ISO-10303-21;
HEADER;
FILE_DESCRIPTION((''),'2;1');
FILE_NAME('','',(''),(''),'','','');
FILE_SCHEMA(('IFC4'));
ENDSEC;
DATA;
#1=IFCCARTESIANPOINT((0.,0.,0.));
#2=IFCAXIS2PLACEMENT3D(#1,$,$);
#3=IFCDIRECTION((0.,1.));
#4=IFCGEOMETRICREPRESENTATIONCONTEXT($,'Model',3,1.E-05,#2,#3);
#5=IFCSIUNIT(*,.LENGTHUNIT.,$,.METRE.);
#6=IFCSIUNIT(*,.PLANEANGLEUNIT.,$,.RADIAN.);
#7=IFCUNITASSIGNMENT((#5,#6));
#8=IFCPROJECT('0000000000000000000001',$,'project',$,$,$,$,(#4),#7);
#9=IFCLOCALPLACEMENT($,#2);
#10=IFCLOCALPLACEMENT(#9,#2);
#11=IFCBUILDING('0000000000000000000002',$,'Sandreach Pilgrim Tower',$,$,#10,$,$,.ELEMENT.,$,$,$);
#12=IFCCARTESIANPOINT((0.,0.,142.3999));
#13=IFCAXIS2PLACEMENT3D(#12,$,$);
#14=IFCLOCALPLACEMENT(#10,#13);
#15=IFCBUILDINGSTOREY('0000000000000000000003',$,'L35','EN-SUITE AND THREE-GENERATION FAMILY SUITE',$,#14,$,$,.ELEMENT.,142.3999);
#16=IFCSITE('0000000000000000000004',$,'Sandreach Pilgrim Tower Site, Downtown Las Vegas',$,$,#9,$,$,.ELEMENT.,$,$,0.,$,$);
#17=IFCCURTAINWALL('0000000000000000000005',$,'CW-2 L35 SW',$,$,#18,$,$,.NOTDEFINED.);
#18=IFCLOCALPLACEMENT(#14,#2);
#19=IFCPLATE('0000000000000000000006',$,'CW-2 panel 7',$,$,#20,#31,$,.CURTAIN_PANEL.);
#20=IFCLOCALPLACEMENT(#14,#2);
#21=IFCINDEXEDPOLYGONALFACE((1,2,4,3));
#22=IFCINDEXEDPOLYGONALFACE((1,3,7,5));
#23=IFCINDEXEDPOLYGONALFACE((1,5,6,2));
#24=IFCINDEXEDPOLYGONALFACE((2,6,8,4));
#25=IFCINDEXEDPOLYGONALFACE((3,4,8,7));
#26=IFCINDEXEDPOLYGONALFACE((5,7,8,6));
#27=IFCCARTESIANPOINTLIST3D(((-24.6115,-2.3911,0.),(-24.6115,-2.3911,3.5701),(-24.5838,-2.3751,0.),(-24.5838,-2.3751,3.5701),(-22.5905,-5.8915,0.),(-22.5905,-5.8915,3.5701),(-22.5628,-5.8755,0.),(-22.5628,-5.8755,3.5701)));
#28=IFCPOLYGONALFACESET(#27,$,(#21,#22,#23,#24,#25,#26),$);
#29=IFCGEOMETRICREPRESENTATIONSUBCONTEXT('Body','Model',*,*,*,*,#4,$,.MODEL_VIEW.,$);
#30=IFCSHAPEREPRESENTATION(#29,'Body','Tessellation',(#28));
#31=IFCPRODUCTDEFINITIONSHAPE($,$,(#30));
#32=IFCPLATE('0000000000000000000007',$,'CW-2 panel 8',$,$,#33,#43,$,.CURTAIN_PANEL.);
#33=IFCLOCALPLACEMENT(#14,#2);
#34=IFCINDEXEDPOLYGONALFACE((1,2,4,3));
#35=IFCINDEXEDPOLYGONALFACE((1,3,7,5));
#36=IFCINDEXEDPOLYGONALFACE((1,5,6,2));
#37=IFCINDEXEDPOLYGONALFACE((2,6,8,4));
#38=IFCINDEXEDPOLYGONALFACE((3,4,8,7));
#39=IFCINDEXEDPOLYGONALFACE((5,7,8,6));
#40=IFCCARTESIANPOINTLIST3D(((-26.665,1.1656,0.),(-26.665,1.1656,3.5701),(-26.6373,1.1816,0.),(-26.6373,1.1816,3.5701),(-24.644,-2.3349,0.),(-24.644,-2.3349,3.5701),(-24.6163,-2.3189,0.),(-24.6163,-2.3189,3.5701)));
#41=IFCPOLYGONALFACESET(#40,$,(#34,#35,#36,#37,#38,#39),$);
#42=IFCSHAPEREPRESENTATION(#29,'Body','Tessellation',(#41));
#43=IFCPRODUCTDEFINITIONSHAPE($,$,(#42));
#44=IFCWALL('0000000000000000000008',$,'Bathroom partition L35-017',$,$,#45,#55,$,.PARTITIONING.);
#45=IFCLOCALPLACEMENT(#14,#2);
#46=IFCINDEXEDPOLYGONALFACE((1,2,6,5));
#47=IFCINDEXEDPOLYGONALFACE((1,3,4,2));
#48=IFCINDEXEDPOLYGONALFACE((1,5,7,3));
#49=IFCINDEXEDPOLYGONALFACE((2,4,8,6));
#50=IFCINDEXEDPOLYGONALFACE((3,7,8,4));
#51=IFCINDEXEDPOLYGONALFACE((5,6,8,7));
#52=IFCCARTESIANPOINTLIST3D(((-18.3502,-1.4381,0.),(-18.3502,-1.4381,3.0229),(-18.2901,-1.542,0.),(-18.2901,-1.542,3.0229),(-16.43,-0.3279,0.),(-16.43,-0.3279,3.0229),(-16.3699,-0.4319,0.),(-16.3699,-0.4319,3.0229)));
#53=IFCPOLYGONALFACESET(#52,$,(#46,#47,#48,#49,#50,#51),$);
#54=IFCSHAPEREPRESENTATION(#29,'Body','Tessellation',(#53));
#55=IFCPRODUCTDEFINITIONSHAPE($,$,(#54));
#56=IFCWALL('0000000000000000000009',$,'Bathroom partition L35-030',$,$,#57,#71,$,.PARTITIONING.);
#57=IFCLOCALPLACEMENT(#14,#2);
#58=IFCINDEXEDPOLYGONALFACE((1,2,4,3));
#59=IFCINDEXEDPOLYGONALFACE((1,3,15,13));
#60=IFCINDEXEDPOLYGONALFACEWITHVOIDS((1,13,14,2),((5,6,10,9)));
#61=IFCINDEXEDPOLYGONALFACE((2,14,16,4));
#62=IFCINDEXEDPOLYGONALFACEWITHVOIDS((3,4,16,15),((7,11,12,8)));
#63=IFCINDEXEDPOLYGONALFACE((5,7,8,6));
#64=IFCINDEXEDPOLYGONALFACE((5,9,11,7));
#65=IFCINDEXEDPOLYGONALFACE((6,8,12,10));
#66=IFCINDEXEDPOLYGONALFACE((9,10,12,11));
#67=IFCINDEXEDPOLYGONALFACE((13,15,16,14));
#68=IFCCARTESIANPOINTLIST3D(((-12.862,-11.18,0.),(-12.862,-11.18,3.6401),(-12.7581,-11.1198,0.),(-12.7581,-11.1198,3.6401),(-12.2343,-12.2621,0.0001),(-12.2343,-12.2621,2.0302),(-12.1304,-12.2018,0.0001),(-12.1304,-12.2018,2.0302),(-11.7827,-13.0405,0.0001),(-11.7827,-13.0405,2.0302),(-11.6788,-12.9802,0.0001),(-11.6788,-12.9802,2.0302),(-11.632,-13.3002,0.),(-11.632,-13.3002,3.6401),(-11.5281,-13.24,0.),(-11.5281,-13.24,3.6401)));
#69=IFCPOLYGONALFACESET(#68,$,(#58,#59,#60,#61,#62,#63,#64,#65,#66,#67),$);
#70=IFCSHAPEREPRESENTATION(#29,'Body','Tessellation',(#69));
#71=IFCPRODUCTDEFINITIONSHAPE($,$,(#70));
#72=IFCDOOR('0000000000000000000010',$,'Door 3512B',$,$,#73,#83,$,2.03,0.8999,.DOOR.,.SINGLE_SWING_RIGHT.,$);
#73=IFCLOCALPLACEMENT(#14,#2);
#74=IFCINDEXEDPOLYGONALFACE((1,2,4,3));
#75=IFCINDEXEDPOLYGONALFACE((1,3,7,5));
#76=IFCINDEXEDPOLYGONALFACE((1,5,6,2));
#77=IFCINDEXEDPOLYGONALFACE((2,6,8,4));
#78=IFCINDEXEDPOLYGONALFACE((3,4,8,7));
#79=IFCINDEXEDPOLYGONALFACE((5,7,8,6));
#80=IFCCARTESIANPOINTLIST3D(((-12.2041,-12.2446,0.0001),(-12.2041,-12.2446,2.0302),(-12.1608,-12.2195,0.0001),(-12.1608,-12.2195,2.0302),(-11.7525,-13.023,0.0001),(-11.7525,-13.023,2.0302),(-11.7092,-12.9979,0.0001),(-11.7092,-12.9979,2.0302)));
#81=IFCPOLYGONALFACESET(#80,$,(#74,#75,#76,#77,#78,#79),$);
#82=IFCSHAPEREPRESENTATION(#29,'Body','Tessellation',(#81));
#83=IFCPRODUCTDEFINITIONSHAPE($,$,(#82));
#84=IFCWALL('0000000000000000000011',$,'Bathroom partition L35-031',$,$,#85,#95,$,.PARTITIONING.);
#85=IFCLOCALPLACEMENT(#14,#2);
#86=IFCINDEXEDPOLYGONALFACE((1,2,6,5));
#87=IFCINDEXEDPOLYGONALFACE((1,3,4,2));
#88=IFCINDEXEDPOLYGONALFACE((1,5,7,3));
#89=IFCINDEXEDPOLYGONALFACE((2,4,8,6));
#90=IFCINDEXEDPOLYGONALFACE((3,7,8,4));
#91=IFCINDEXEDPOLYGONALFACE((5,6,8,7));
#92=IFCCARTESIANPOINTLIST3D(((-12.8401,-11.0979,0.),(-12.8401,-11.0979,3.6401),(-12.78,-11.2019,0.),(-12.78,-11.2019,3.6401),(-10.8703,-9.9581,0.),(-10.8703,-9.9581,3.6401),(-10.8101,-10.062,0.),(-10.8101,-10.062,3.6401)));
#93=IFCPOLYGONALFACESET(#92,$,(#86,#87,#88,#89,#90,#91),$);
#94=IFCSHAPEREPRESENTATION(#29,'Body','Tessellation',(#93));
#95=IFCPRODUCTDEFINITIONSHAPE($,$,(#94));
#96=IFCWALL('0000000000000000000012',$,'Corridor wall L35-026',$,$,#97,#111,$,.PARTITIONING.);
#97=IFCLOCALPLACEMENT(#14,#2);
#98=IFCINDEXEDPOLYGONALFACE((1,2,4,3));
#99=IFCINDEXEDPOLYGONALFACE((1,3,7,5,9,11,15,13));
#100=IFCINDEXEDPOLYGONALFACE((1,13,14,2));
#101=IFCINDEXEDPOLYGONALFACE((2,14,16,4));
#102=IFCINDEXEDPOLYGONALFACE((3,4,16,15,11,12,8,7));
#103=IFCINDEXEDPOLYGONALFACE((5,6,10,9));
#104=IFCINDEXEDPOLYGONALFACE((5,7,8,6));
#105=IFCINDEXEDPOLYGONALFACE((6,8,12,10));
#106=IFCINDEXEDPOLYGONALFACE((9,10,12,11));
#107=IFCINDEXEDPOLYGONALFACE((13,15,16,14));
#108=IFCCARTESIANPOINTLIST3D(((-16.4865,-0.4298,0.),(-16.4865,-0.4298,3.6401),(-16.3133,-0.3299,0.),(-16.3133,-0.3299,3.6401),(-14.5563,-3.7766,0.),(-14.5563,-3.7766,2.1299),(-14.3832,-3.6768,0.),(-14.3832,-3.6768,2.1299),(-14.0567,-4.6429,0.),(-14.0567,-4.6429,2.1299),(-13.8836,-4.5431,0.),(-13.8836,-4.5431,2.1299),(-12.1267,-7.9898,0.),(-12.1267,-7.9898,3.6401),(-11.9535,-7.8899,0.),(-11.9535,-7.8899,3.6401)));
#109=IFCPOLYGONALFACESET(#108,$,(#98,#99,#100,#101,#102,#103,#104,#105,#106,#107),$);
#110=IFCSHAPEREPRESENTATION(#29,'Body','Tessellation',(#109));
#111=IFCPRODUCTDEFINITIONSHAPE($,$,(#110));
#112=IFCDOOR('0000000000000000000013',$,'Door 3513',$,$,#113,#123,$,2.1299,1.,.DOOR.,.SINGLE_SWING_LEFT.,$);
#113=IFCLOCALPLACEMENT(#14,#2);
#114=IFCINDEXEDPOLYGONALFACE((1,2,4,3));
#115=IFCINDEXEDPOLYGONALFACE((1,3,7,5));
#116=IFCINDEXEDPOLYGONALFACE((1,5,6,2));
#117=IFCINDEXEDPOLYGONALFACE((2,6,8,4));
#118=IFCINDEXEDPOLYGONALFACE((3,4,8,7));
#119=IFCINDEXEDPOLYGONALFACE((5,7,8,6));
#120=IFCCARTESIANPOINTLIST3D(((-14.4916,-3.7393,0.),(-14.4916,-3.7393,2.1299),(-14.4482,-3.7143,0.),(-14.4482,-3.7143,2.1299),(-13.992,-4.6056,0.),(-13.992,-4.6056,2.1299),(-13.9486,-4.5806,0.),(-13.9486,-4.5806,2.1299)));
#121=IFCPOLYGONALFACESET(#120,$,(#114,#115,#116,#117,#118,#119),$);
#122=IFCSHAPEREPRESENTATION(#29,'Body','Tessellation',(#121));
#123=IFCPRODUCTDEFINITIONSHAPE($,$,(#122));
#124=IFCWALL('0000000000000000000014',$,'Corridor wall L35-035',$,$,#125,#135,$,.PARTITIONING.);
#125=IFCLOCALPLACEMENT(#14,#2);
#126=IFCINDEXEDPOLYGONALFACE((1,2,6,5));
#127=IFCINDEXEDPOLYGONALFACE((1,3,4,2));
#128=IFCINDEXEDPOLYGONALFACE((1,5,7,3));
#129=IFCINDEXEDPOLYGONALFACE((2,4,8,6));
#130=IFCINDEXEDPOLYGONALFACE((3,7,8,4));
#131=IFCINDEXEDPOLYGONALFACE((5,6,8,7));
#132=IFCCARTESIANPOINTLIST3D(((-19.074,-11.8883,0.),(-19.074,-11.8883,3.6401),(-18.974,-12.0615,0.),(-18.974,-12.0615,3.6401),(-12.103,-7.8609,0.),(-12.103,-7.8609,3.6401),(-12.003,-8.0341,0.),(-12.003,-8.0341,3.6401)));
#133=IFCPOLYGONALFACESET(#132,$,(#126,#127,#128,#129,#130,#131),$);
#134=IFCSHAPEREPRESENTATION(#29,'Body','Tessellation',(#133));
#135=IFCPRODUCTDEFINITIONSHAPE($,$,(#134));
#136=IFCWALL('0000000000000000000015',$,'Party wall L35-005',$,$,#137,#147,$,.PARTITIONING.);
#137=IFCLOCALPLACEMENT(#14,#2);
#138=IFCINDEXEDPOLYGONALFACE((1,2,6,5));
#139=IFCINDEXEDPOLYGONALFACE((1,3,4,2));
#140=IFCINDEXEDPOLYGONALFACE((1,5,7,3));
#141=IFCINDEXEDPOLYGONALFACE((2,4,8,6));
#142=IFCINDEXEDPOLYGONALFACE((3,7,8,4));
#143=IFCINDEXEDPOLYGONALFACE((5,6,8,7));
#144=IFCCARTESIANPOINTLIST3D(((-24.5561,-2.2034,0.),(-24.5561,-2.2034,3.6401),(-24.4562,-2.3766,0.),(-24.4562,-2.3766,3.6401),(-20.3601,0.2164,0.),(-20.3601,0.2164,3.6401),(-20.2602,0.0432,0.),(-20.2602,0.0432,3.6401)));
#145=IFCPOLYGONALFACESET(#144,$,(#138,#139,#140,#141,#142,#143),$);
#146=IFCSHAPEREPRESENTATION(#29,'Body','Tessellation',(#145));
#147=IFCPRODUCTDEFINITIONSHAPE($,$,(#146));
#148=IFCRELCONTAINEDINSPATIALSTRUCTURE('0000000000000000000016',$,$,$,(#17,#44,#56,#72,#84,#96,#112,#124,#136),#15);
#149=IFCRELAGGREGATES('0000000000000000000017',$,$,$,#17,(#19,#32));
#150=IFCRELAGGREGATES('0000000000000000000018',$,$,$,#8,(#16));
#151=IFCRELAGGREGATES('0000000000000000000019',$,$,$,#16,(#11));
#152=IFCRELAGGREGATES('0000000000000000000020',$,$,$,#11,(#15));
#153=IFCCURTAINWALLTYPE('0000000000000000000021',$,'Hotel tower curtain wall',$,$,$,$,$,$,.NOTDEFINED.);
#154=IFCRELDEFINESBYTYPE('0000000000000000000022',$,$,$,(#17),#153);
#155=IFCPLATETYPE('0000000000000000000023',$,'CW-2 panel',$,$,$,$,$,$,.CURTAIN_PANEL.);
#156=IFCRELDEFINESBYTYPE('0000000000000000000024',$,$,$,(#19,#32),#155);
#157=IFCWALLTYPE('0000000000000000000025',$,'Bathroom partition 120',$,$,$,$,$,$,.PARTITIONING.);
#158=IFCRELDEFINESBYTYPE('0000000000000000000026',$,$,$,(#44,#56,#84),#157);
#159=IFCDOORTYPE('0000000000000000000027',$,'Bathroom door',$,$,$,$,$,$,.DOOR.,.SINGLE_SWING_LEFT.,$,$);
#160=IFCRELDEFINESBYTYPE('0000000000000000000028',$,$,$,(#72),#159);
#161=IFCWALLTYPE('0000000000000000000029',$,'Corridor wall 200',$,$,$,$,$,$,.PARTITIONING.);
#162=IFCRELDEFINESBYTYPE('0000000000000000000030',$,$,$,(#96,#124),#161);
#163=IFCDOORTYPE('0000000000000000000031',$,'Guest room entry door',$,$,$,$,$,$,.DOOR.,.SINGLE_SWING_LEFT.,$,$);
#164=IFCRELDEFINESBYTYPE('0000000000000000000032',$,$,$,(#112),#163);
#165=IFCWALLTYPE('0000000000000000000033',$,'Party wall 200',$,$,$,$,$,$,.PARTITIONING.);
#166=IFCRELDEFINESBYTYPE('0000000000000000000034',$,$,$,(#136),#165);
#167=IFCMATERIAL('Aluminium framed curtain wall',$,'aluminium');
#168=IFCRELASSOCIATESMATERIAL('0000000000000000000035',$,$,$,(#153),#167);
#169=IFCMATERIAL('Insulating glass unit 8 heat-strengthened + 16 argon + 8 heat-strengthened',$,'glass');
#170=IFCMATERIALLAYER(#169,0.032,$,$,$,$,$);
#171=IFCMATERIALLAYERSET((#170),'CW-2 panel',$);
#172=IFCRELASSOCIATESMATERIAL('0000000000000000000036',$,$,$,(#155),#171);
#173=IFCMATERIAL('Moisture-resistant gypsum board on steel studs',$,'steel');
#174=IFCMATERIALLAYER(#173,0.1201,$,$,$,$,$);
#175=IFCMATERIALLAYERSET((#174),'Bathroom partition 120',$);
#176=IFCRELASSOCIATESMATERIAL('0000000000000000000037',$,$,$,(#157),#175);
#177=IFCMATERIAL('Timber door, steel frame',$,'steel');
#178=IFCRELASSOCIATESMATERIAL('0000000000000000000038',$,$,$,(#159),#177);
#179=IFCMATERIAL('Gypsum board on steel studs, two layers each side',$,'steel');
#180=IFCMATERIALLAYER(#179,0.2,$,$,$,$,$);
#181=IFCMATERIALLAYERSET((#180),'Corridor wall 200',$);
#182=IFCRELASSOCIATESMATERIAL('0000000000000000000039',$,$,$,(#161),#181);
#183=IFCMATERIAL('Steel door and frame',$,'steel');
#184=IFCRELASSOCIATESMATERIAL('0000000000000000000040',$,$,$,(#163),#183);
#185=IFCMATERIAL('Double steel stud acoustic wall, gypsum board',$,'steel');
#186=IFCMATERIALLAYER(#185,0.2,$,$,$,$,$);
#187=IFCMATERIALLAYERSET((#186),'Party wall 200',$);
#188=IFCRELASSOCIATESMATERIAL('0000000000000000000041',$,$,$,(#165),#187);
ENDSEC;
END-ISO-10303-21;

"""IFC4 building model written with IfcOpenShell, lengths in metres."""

from ifc_helpers import new_model, si_unit, direction, frame, frame_2d, origin, origin_2d, place, context, subcontext, project, spatial, rectangle, extrude, material, layer, layer_set, type_object, element, fill, aggregate, save


model = new_model("IFC4")

# Units and contexts
model_context = context("Model", 3, precision=1e-05, world=origin(), true_north=direction((0.0, 1.0)))
body_context = subcontext(model_context, "Body", "Model", "MODEL_VIEW")
ifc_project = project(units=[si_unit("LENGTHUNIT", "METRE"), si_unit("PLANEANGLEUNIT", "RADIAN")], contexts=[model_context])

# Site, building, storey
site_placement = place(None, origin())
site = spatial("IfcSite", under=ifc_project, at=site_placement, Name="Sandreach Pilgrim Tower Site, Downtown Las Vegas", CompositionType="ELEMENT", RefElevation=0.0)
building_placement = place(site_placement, origin())
building = spatial("IfcBuilding", under=site, at=building_placement, Name="Sandreach Pilgrim Tower", CompositionType="ELEMENT")
storey_placement = place(building_placement, frame((0.0, 0.0, 142.3999)))
storey = spatial("IfcBuildingStorey", under=building, at=storey_placement, Name="L35", Description="EN-SUITE AND THREE-GENERATION FAMILY SUITE", CompositionType="ELEMENT", Elevation=142.3999)

# Curtain wall
ifc_material_1 = material(Name="Aluminium framed curtain wall", Category="aluminium")
curtain_wall_type = type_object("IfcCurtainWallType", Name="Hotel tower curtain wall", PredefinedType="NOTDEFINED", material=ifc_material_1)
curtain_wall_placement = place(storey_placement, origin())
curtain_wall = element("IfcCurtainWall", 1, at=curtain_wall_placement, inside=storey, type_object=curtain_wall_type, Name="CW-2 L35 SW", PredefinedType="NOTDEFINED")

# Plates
ifc_material_2 = material(Name="Insulating glass unit 8 heat-strengthened + 16 argon + 8 heat-strengthened", Category="glass")
ifc_layer_1 = layer(ifc_material_2, 0.032)
ifc_layer_set_1 = layer_set([ifc_layer_1], Name="CW-2 panel")
plate_type = type_object("IfcPlateType", Name="CW-2 panel", PredefinedType="CURTAIN_PANEL", material=ifc_layer_set_1)
plate_1_placement = place(storey_placement, frame((-23.5872, -4.1333, 0.0), z_axis=(0.0, 0.0, 1.0), x_axis=(-0.5, 0.866025, 0.0)))
plate_1 = element("IfcPlate", 2, at=plate_1_placement, type_object=plate_type, Name="CW-2 panel 7", PredefinedType="CURTAIN_PANEL", context=body_context, shape_type="SweptSolid", body=[
    extrude(rectangle(XDim=4.042, YDim=0.032, at=origin_2d()), origin(), (0.0, 0.0, 1.0), 3.5701),
])
plate_2_placement = place(storey_placement, frame((-25.6406, -0.5767, 0.0), z_axis=(0.0, 0.0, 1.0), x_axis=(-0.5, 0.866025, 0.0)))
plate_2 = element("IfcPlate", 3, at=plate_2_placement, type_object=plate_type, Name="CW-2 panel 8", PredefinedType="CURTAIN_PANEL", context=body_context, shape_type="SweptSolid", body=[
    extrude(rectangle(XDim=4.042, YDim=0.032, at=origin_2d()), origin(), (0.0, 0.0, 1.0), 3.5701),
])
aggregate(curtain_wall, [plate_1, plate_2])

# Wall
ifc_material_3 = material(Name="Moisture-resistant gypsum board on steel studs", Category="steel")
ifc_layer_2 = layer(ifc_material_3, 0.1201)
ifc_layer_set_2 = layer_set([ifc_layer_2], Name="Bathroom partition 120")
wall_type_1 = type_object("IfcWallType", Name="Bathroom partition 120", PredefinedType="PARTITIONING", material=ifc_layer_set_2)
wall_1_placement = place(storey_placement, frame((-18.3201, -1.49, 0.0), z_axis=(0.0, 0.0, 1.0), x_axis=(0.865733, 0.500507, 0.0)))
element("IfcWall", 4, at=wall_1_placement, inside=storey, type_object=wall_type_1, Name="Bathroom partition L35-017", PredefinedType="PARTITIONING", context=body_context, shape_type="SweptSolid", body=[
    extrude(rectangle(XDim=2.218, YDim=0.1201, at=frame_2d((1.1089, 0.0))), origin(), (0.0, 0.0, 1.0), 3.0229),
])

# Wall, opening, door
wall_2_placement = place(storey_placement, frame((-12.8101, -11.1499, 0.0), z_axis=(0.0, 0.0, 1.0), x_axis=(0.501813, -0.864976, 0.0)))
wall_2 = element("IfcWall", 5, at=wall_2_placement, inside=storey, type_object=wall_type_1, Name="Bathroom partition L35-030", PredefinedType="PARTITIONING", context=body_context, shape_type="SweptSolid", body=[
    extrude(rectangle(XDim=2.4512, YDim=0.1201, at=frame_2d((1.2256, 0.0))), origin(), (0.0, 0.0, 1.0), 3.6401),
])
opening_1_placement = place(wall_2_placement, frame((1.251, 0.0, 0.0)))
opening_1 = element("IfcOpeningElement", 6, at=opening_1_placement, cuts=wall_2, PredefinedType="OPENING", context=body_context, shape_type="SweptSolid", body=[
    extrude(rectangle(XDim=0.8999, YDim=2.03, at=frame_2d((0.45, 1.0151))), frame((0.0, 0.0601, 0.0), z_axis=(0.0, -1.0, 0.0), x_axis=(1.0, 0.0, 0.0)), (0.0, 0.0, 1.0), 0.1201),
])
ifc_material_4 = material(Name="Timber door, steel frame", Category="steel")
door_type_1 = type_object("IfcDoorType", Name="Bathroom door", OperationType="SINGLE_SWING_LEFT", PredefinedType="DOOR", material=ifc_material_4)
door_1_placement = place(opening_1_placement, origin())
door_1 = element("IfcDoor", 7, at=door_1_placement, inside=storey, type_object=door_type_1, Name="Door 3512B", OperationType="SINGLE_SWING_RIGHT", OverallHeight=2.03, OverallWidth=0.8999, PredefinedType="DOOR", context=body_context, shape_type="SweptSolid", body=[
    extrude(rectangle(XDim=0.8999, YDim=2.03, at=frame_2d((0.45, 1.0151))), frame((0.0, 0.0249, 0.0), z_axis=(0.0, -1.0, 0.0), x_axis=(1.0, 0.0, 0.0)), (0.0, 0.0, 1.0), 0.05),
])
fill(opening_1, door_1)

# Wall
wall_3_placement = place(storey_placement, frame((-12.8101, -11.1499, 0.0), z_axis=(0.0, 0.0, 1.0), x_axis=(0.865544, 0.500833, 0.0)))
element("IfcWall", 8, at=wall_3_placement, inside=storey, type_object=wall_type_1, Name="Bathroom partition L35-031", PredefinedType="PARTITIONING", context=body_context, shape_type="SweptSolid", body=[
    extrude(rectangle(XDim=2.2759, YDim=0.1201, at=frame_2d((1.1379, 0.0))), origin(), (0.0, 0.0, 1.0), 3.6401),
])

# Wall, opening, door
ifc_material_5 = material(Name="Gypsum board on steel studs, two layers each side", Category="steel")
ifc_layer_3 = layer(ifc_material_5, 0.2)
ifc_layer_set_3 = layer_set([ifc_layer_3], Name="Corridor wall 200")
wall_type_2 = type_object("IfcWallType", Name="Corridor wall 200", PredefinedType="PARTITIONING", material=ifc_layer_set_3)
wall_4_placement = place(storey_placement, frame((-16.3999, -0.3799, 0.0), z_axis=(0.0, 0.0, 1.0), x_axis=(0.499576, -0.86627, 0.0)))
wall_4 = element("IfcWall", 9, at=wall_4_placement, inside=storey, type_object=wall_type_2, Name="Corridor wall L35-026", PredefinedType="PARTITIONING", context=body_context, shape_type="SweptSolid", body=[
    extrude(rectangle(XDim=8.7271, YDim=0.2, at=frame_2d((4.3635, 0.0))), origin(), (0.0, 0.0, 1.0), 3.6401),
])
opening_2_placement = place(wall_4_placement, frame((3.8635, 0.0, 0.0)))
opening_2 = element("IfcOpeningElement", 10, at=opening_2_placement, cuts=wall_4, PredefinedType="OPENING", context=body_context, shape_type="SweptSolid", body=[
    extrude(rectangle(XDim=1.0, YDim=2.1299, at=frame_2d((0.5, 1.0649))), frame((0.0, 0.1001, 0.0), z_axis=(0.0, -1.0, 0.0), x_axis=(1.0, 0.0, 0.0)), (0.0, 0.0, 1.0), 0.2),
])
ifc_material_6 = material(Name="Steel door and frame", Category="steel")
door_type_2 = type_object("IfcDoorType", Name="Guest room entry door", OperationType="SINGLE_SWING_LEFT", PredefinedType="DOOR", material=ifc_material_6)
door_2_placement = place(opening_2_placement, origin())
door_2 = element("IfcDoor", 11, at=door_2_placement, inside=storey, type_object=door_type_2, Name="Door 3513", OperationType="SINGLE_SWING_LEFT", OverallHeight=2.1299, OverallWidth=1.0, PredefinedType="DOOR", context=body_context, shape_type="SweptSolid", body=[
    extrude(rectangle(XDim=1.0, YDim=2.1299, at=frame_2d((0.5, 1.0649))), frame((0.0, 0.0249, 0.0), z_axis=(0.0, -1.0, 0.0), x_axis=(1.0, 0.0, 0.0)), (0.0, 0.0, 1.0), 0.05),
])
fill(opening_2, door_2)

# Walls
wall_5_placement = place(storey_placement, frame((-12.053, -7.9475, 0.0), z_axis=(0.0, 0.0, 1.0), x_axis=(-0.865882, -0.500248, 0.0)))
element("IfcWall", 12, at=wall_5_placement, inside=storey, type_object=wall_type_2, Name="Corridor wall L35-035", PredefinedType="PARTITIONING", context=body_context, shape_type="SweptSolid", body=[
    extrude(rectangle(XDim=8.0508, YDim=0.2, at=frame_2d((4.0254, 0.0))), origin(), (0.0, 0.0, 1.0), 3.6401),
])
ifc_material_7 = material(Name="Double steel stud acoustic wall, gypsum board", Category="steel")
ifc_layer_4 = layer(ifc_material_7, 0.2)
ifc_layer_set_4 = layer_set([ifc_layer_4], Name="Party wall 200")
wall_type_3 = type_object("IfcWallType", Name="Party wall 200", PredefinedType="PARTITIONING", material=ifc_layer_set_4)
wall_6_placement = place(storey_placement, frame((-24.5061, -2.29, 0.0), z_axis=(0.0, 0.0, 1.0), x_axis=(0.866264, 0.499587, 0.0)))
element("IfcWall", 13, at=wall_6_placement, inside=storey, type_object=wall_type_3, Name="Party wall L35-005", PredefinedType="PARTITIONING", context=body_context, shape_type="SweptSolid", body=[
    extrude(rectangle(XDim=4.8438, YDim=0.2, at=frame_2d((2.4219, 0.0))), origin(), (0.0, 0.0, 1.0), 3.6401),
])

save(model, "model.ifc")
